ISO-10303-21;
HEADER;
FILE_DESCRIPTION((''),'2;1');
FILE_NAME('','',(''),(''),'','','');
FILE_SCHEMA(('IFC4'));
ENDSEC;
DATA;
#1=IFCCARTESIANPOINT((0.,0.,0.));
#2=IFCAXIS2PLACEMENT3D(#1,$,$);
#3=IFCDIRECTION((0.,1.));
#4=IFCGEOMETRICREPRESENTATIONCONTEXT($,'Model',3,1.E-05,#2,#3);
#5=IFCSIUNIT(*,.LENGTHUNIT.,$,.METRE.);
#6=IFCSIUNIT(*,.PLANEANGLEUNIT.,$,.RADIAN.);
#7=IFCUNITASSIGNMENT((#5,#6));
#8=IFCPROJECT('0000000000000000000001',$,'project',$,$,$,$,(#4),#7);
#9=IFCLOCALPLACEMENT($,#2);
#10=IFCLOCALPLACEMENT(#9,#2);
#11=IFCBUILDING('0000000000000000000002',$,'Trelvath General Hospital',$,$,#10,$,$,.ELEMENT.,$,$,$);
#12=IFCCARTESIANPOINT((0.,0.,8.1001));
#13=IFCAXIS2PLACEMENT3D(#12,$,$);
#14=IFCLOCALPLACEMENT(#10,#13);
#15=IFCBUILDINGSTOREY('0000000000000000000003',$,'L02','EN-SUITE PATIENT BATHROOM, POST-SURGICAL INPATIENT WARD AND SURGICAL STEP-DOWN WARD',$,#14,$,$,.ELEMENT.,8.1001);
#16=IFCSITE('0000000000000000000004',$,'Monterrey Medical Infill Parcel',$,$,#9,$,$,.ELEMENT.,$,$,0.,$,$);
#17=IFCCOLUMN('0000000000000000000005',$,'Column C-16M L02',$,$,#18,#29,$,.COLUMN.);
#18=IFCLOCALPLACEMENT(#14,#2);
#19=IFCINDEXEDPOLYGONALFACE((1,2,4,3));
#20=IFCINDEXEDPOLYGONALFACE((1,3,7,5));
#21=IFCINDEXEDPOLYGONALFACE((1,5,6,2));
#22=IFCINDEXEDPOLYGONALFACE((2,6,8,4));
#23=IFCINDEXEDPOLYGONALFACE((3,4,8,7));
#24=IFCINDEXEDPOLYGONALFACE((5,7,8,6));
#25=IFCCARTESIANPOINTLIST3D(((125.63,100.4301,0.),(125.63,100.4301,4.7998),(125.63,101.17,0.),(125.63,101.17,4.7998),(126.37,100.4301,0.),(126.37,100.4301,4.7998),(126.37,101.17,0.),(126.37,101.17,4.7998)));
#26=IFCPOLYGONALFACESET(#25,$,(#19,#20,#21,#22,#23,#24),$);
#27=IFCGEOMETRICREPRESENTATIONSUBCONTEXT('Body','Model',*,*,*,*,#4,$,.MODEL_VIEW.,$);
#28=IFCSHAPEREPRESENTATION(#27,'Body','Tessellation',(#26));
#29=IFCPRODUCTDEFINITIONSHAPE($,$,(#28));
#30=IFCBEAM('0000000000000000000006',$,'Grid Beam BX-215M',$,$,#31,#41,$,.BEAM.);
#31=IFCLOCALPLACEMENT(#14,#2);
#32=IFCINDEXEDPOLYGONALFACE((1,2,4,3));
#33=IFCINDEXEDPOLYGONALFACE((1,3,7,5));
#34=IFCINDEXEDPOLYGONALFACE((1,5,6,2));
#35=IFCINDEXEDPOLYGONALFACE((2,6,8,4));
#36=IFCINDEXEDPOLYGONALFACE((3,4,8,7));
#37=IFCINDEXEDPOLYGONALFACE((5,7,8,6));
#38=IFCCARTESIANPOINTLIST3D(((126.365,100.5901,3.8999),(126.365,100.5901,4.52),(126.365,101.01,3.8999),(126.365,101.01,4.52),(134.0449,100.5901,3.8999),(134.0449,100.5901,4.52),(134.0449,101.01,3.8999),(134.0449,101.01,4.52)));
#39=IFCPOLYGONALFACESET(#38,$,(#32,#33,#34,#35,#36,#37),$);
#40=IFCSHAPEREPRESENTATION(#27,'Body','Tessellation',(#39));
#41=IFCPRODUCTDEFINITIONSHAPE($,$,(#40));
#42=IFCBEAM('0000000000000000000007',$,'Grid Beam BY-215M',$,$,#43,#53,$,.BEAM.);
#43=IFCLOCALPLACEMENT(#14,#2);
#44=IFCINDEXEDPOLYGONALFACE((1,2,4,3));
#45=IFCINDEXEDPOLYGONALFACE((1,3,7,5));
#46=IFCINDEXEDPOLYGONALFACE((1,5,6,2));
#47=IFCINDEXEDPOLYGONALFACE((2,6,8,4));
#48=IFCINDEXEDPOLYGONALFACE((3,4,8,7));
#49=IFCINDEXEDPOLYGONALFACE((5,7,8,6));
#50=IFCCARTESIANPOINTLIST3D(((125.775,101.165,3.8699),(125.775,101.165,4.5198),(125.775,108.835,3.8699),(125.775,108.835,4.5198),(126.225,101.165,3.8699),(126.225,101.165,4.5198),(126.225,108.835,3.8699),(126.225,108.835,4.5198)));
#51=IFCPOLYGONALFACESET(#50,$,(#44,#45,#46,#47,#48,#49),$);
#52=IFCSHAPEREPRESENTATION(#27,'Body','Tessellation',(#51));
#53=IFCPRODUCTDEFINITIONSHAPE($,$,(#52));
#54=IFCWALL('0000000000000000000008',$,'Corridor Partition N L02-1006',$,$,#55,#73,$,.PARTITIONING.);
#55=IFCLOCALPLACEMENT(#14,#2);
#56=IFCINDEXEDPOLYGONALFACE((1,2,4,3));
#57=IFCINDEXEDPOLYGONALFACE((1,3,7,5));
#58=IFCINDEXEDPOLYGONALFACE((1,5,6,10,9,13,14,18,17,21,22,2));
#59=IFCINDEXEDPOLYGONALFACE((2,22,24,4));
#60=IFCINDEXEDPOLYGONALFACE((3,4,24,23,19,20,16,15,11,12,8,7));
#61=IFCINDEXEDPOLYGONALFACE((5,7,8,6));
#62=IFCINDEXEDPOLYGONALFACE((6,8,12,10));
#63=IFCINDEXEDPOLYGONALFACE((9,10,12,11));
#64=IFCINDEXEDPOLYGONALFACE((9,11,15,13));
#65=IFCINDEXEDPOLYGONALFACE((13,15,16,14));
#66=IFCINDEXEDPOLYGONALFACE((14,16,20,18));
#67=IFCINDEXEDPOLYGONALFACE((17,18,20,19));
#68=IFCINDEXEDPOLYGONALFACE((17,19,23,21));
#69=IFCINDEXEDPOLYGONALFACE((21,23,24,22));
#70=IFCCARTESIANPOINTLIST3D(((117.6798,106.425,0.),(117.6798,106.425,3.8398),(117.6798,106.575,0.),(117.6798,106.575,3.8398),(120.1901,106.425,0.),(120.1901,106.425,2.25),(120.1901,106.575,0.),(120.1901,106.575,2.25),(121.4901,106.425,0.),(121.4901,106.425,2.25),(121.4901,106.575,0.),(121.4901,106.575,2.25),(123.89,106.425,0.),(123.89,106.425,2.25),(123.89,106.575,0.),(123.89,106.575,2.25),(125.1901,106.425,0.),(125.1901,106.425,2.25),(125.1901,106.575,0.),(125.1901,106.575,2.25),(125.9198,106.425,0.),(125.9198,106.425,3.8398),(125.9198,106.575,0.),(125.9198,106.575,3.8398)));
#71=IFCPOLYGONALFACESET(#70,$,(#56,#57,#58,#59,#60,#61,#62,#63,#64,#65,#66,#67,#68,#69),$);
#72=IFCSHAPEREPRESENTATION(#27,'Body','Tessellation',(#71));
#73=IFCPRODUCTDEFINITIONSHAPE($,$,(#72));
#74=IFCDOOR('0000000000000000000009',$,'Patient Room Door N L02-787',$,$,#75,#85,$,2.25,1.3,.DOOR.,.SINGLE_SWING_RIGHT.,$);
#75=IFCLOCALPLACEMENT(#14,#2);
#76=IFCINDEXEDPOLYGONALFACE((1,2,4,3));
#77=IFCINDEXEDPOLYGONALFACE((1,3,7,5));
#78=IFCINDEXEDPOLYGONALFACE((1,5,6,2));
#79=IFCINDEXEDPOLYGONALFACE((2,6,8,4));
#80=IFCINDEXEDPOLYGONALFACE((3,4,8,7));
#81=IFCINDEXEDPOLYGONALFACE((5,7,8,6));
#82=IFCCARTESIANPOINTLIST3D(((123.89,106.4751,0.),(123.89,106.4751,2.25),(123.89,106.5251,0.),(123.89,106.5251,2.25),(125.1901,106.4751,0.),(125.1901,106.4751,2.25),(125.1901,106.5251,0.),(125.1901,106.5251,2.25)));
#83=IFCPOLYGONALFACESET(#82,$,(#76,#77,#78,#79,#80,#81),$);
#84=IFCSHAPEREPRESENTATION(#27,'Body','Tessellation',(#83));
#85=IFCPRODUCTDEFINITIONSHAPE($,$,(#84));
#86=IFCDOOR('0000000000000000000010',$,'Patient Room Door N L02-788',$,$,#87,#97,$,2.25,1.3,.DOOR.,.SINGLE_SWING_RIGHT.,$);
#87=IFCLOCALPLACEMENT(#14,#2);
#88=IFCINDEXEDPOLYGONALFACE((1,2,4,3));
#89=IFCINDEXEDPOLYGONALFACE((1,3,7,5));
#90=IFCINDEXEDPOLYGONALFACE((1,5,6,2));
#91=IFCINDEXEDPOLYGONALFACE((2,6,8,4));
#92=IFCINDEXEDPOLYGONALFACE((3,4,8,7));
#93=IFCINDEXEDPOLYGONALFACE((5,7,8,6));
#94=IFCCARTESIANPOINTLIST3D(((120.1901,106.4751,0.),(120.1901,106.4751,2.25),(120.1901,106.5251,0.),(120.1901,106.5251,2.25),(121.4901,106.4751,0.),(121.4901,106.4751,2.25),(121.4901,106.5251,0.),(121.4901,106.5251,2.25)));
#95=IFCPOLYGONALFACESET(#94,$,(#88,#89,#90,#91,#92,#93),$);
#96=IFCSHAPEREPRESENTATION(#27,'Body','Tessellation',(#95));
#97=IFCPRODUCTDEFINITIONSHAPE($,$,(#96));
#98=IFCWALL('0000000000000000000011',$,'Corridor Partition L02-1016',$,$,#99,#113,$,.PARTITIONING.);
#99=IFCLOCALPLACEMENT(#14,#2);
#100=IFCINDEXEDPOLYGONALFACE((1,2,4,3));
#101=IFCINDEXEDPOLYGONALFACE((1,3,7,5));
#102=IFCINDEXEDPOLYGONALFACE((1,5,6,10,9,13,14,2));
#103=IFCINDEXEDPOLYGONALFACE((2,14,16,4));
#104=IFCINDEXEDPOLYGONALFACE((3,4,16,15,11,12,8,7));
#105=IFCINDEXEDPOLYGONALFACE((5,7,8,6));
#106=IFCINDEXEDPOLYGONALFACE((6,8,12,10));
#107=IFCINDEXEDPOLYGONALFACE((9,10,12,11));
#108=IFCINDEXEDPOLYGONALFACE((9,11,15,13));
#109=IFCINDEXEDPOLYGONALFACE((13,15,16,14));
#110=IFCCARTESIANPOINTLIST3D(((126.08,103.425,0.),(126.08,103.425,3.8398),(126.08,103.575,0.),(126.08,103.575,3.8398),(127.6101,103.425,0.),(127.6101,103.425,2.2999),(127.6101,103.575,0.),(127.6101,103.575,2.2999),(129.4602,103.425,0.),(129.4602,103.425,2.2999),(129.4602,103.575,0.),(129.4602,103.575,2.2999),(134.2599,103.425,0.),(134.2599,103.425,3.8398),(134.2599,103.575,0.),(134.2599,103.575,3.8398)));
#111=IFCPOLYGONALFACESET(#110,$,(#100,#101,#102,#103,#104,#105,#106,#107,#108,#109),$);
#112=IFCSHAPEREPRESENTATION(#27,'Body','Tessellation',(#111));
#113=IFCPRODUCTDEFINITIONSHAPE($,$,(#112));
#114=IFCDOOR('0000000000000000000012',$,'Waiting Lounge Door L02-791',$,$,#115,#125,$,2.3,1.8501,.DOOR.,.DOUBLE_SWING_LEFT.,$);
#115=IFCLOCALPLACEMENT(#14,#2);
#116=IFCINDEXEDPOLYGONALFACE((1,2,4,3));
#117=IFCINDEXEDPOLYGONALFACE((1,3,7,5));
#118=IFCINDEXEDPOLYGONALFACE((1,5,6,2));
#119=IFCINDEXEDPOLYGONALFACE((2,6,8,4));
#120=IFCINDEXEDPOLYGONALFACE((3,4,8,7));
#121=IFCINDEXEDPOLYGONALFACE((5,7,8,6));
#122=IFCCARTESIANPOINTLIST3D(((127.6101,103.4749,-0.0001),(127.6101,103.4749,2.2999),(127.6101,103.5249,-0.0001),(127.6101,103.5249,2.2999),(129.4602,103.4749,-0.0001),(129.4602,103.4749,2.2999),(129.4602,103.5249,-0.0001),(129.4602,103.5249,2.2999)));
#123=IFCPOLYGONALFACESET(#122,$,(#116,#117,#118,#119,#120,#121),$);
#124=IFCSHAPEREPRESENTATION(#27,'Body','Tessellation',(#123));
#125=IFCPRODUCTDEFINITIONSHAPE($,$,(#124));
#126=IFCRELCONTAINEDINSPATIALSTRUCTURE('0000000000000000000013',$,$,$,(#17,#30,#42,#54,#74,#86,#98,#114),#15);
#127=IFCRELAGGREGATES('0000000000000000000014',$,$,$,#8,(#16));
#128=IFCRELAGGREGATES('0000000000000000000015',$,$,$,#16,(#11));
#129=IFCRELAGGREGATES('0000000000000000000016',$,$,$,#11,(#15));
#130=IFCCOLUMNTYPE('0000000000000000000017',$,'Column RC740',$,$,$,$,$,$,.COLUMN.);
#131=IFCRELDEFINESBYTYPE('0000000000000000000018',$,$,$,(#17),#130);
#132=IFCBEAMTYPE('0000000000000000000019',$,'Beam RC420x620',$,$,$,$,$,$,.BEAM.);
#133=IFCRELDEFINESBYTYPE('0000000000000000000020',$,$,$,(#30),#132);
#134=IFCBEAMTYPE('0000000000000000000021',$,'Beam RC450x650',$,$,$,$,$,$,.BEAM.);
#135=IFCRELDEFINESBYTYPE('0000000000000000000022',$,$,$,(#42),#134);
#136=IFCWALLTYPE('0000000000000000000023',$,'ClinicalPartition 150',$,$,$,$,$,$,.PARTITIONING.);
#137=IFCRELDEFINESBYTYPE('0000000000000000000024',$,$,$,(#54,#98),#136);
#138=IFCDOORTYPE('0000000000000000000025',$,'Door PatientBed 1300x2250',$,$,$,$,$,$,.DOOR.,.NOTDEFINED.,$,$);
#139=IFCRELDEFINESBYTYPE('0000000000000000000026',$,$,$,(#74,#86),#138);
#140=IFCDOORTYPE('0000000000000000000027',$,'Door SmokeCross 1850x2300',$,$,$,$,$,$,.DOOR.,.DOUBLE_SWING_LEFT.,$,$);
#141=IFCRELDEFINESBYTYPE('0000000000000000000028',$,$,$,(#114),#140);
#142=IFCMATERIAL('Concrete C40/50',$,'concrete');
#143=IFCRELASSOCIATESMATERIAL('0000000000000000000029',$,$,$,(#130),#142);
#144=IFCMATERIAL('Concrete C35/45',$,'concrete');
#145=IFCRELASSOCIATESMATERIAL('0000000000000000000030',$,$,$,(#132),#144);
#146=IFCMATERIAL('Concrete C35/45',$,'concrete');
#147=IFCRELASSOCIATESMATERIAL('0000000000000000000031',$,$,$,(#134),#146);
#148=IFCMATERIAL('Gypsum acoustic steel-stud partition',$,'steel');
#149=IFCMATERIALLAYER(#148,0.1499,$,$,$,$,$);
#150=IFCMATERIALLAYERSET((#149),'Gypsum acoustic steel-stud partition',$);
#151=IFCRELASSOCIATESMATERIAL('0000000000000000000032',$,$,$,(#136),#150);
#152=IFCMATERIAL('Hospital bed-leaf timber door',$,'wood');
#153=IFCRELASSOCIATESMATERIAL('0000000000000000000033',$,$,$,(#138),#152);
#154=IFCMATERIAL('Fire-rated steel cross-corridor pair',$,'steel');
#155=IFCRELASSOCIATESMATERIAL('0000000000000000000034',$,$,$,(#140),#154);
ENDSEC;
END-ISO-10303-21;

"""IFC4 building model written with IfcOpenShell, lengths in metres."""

from ifc_helpers import new_model, si_unit, direction, frame, frame_2d, origin, origin_2d, place, context, subcontext, project, spatial, rectangle, extrude, material, layer, layer_set, material_profile, profile_set, type_object, element, fill, save


model = new_model("IFC4")

# Units and contexts
model_context = context("Model", 3, precision=1e-05, world=origin(), true_north=direction((0.0, 1.0)))
body_context = subcontext(model_context, "Body", "Model", "MODEL_VIEW")
ifc_project = project(units=[si_unit("LENGTHUNIT", "METRE"), si_unit("PLANEANGLEUNIT", "RADIAN")], contexts=[model_context])

# Site, building, storey
site_placement = place(None, origin())
site = spatial("IfcSite", under=ifc_project, at=site_placement, Name="Monterrey Medical Infill Parcel", CompositionType="ELEMENT", RefElevation=0.0)
building_placement = place(site_placement, origin())
building = spatial("IfcBuilding", under=site, at=building_placement, Name="Trelvath General Hospital", CompositionType="ELEMENT")
storey_placement = place(building_placement, frame((0.0, 0.0, 8.1001)))
storey = spatial("IfcBuildingStorey", under=building, at=storey_placement, Name="L02", Description="EN-SUITE PATIENT BATHROOM, POST-SURGICAL INPATIENT WARD AND SURGICAL STEP-DOWN WARD", CompositionType="ELEMENT", Elevation=8.1001)

# Column
ifc_material_1 = material(Name="Concrete C40/50", Category="concrete")
ifc_material_profile_1 = material_profile(ifc_material_1, rectangle(XDim=0.74, YDim=0.74, at=origin_2d()), Name="RC740x740")
ifc_profile_set_1 = profile_set([ifc_material_profile_1], Name="Concrete C40/50")
column_type = type_object("IfcColumnType", Name="Column RC740", PredefinedType="COLUMN", material=ifc_profile_set_1)
column_placement = place(storey_placement, frame((126.0, 100.8, 0.0), z_axis=(0.0, 0.0, 1.0), x_axis=(1.0, 0.0, 0.0)))
element("IfcColumn", 1, at=column_placement, inside=storey, type_object=column_type, Name="Column C-16M L02", PredefinedType="COLUMN", context=body_context, shape_type="SweptSolid", body=[
    extrude(rectangle(XDim=0.74, YDim=0.74, at=origin_2d()), origin(), (0.0, 0.0, 1.0), 4.7998),
])

# Beams
ifc_material_2 = material(Name="Concrete C35/45", Category="concrete")
ifc_material_profile_2 = material_profile(ifc_material_2, rectangle(XDim=0.4199, YDim=0.6201, at=origin_2d()), Name="RCB420x620")
ifc_profile_set_2 = profile_set([ifc_material_profile_2], Name="Concrete C35/45")
beam_type_1 = type_object("IfcBeamType", Name="Beam RC420x620", PredefinedType="BEAM", material=ifc_profile_set_2)
beam_1_placement = place(storey_placement, frame((126.365, 100.8, 4.21), z_axis=(1.0, 0.0, 0.0), x_axis=(0.0, 1.0, 0.0)))
element("IfcBeam", 2, at=beam_1_placement, inside=storey, type_object=beam_type_1, Name="Grid Beam BX-215M", PredefinedType="BEAM", context=body_context, shape_type="SweptSolid", body=[
    extrude(rectangle(XDim=0.4199, YDim=0.6201, at=origin_2d()), origin(), (0.0, 0.0, 1.0), 7.6799),
])
ifc_material_3 = material(Name="Concrete C35/45", Category="concrete")
ifc_material_profile_3 = material_profile(ifc_material_3, rectangle(XDim=0.45, YDim=0.6499, at=origin_2d()), Name="RCB450x650")
ifc_profile_set_3 = profile_set([ifc_material_profile_3], Name="Concrete C35/45")
beam_type_2 = type_object("IfcBeamType", Name="Beam RC450x650", PredefinedType="BEAM", material=ifc_profile_set_3)
beam_2_placement = place(storey_placement, frame((126.0, 101.165, 4.1948), z_axis=(0.0, 1.0, 0.0), x_axis=(-1.0, 0.0, 0.0)))
element("IfcBeam", 3, at=beam_2_placement, inside=storey, type_object=beam_type_2, Name="Grid Beam BY-215M", PredefinedType="BEAM", context=body_context, shape_type="SweptSolid", body=[
    extrude(rectangle(XDim=0.45, YDim=0.6499, at=origin_2d()), origin(), (0.0, 0.0, 1.0), 7.6699),
])

# Wall, openings, doors
ifc_material_4 = material(Name="Gypsum acoustic steel-stud partition", Category="steel")
ifc_layer_1 = layer(ifc_material_4, 0.1499)
ifc_layer_set_1 = layer_set([ifc_layer_1], Name="Gypsum acoustic steel-stud partition")
wall_type_1 = type_object("IfcWallType", Name="ClinicalPartition 150", PredefinedType="PARTITIONING", material=ifc_layer_set_1)
wall_1_placement = place(storey_placement, frame((125.9199, 106.5, 0.0), z_axis=(0.0, 0.0, 1.0), x_axis=(-1.0, 0.0, 0.0)))
wall_1 = element("IfcWall", 4, at=wall_1_placement, inside=storey, type_object=wall_type_1, Name="Corridor Partition N L02-1006", PredefinedType="PARTITIONING", context=body_context, shape_type="SweptSolid", body=[
    extrude(rectangle(XDim=8.24, YDim=0.1499, at=frame_2d((4.1201, 0.0))), origin(), (0.0, 0.0, 1.0), 3.8398),
])
opening_1_placement = place(wall_1_placement, frame((0.73, 0.0, 0.0)))
opening_1 = element("IfcOpeningElement", 5, at=opening_1_placement, cuts=wall_1, PredefinedType="OPENING", context=body_context, shape_type="SweptSolid", body=[
    extrude(rectangle(XDim=1.3, YDim=2.25, at=frame_2d((0.6499, 1.125))), frame((0.0, 0.085, 0.0), z_axis=(0.0, -1.0, 0.0), x_axis=(1.0, 0.0, 0.0)), (0.0, 0.0, 1.0), 0.1699),
])
opening_2_placement = place(wall_1_placement, frame((4.4299, 0.0, 0.0)))
opening_2 = element("IfcOpeningElement", 6, at=opening_2_placement, cuts=wall_1, PredefinedType="OPENING", context=body_context, shape_type="SweptSolid", body=[
    extrude(rectangle(XDim=1.3, YDim=2.25, at=frame_2d((0.6499, 1.125))), frame((0.0, 0.085, 0.0), z_axis=(0.0, -1.0, 0.0), x_axis=(1.0, 0.0, 0.0)), (0.0, 0.0, 1.0), 0.1699),
])
ifc_material_5 = material(Name="Hospital bed-leaf timber door", Category="wood")
door_type_1 = type_object("IfcDoorType", Name="Door PatientBed 1300x2250", OperationType="NOTDEFINED", PredefinedType="DOOR", material=ifc_material_5)
door_1_placement = place(opening_1_placement, origin())
door_1 = element("IfcDoor", 7, at=door_1_placement, inside=storey, type_object=door_type_1, Name="Patient Room Door N L02-787", OperationType="SINGLE_SWING_RIGHT", OverallHeight=2.25, OverallWidth=1.3, PredefinedType="DOOR", context=body_context, shape_type="SweptSolid", body=[
    extrude(rectangle(XDim=1.3, YDim=2.25, at=frame_2d((0.6499, 1.125))), frame((0.0, 0.0249, 0.0), z_axis=(0.0, -1.0, 0.0), x_axis=(1.0, 0.0, 0.0)), (0.0, 0.0, 1.0), 0.05),
])
fill(opening_1, door_1)
door_2_placement = place(opening_2_placement, origin())
door_2 = element("IfcDoor", 8, at=door_2_placement, inside=storey, type_object=door_type_1, Name="Patient Room Door N L02-788", OperationType="SINGLE_SWING_RIGHT", OverallHeight=2.25, OverallWidth=1.3, PredefinedType="DOOR", context=body_context, shape_type="SweptSolid", body=[
    extrude(rectangle(XDim=1.3, YDim=2.25, at=frame_2d((0.6499, 1.125))), frame((0.0, 0.0249, 0.0), z_axis=(0.0, -1.0, 0.0), x_axis=(1.0, 0.0, 0.0)), (0.0, 0.0, 1.0), 0.05),
])
fill(opening_2, door_2)

# Wall, opening, door
wall_2_placement = place(storey_placement, frame((126.0801, 103.5, 0.0), z_axis=(0.0, 0.0, 1.0), x_axis=(1.0, 0.0, 0.0)))
wall_2 = element("IfcWall", 9, at=wall_2_placement, inside=storey, type_object=wall_type_1, Name="Corridor Partition L02-1016", PredefinedType="PARTITIONING", context=body_context, shape_type="SweptSolid", body=[
    extrude(rectangle(XDim=8.1799, YDim=0.1499, at=frame_2d((4.0898, 0.0))), origin(), (0.0, 0.0, 1.0), 3.8398),
])
opening_3_placement = place(wall_2_placement, frame((1.53, 0.0, 0.0)))
opening_3 = element("IfcOpeningElement", 10, at=opening_3_placement, cuts=wall_2, PredefinedType="OPENING", context=body_context, shape_type="SweptSolid", body=[
    extrude(rectangle(XDim=1.8501, YDim=2.3, at=frame_2d((0.925, 1.1499))), frame((0.0, 0.085, 0.0), z_axis=(0.0, -1.0, 0.0), x_axis=(1.0, 0.0, 0.0)), (0.0, 0.0, 1.0), 0.1699),
])
ifc_material_6 = material(Name="Fire-rated steel cross-corridor pair", Category="steel")
door_type_2 = type_object("IfcDoorType", Name="Door SmokeCross 1850x2300", OperationType="DOUBLE_SWING_LEFT", PredefinedType="DOOR", material=ifc_material_6)
door_3_placement = place(opening_3_placement, origin())
door_3 = element("IfcDoor", 11, at=door_3_placement, inside=storey, type_object=door_type_2, Name="Waiting Lounge Door L02-791", OperationType="DOUBLE_SWING_LEFT", OverallHeight=2.3, OverallWidth=1.8501, PredefinedType="DOOR", context=body_context, shape_type="SweptSolid", body=[
    extrude(rectangle(XDim=1.8501, YDim=2.3, at=frame_2d((0.925, 1.1499))), frame((0.0, 0.0249, 0.0), z_axis=(0.0, -1.0, 0.0), x_axis=(1.0, 0.0, 0.0)), (0.0, 0.0, 1.0), 0.05),
])
fill(opening_3, door_3)

save(model, "model.ifc")
